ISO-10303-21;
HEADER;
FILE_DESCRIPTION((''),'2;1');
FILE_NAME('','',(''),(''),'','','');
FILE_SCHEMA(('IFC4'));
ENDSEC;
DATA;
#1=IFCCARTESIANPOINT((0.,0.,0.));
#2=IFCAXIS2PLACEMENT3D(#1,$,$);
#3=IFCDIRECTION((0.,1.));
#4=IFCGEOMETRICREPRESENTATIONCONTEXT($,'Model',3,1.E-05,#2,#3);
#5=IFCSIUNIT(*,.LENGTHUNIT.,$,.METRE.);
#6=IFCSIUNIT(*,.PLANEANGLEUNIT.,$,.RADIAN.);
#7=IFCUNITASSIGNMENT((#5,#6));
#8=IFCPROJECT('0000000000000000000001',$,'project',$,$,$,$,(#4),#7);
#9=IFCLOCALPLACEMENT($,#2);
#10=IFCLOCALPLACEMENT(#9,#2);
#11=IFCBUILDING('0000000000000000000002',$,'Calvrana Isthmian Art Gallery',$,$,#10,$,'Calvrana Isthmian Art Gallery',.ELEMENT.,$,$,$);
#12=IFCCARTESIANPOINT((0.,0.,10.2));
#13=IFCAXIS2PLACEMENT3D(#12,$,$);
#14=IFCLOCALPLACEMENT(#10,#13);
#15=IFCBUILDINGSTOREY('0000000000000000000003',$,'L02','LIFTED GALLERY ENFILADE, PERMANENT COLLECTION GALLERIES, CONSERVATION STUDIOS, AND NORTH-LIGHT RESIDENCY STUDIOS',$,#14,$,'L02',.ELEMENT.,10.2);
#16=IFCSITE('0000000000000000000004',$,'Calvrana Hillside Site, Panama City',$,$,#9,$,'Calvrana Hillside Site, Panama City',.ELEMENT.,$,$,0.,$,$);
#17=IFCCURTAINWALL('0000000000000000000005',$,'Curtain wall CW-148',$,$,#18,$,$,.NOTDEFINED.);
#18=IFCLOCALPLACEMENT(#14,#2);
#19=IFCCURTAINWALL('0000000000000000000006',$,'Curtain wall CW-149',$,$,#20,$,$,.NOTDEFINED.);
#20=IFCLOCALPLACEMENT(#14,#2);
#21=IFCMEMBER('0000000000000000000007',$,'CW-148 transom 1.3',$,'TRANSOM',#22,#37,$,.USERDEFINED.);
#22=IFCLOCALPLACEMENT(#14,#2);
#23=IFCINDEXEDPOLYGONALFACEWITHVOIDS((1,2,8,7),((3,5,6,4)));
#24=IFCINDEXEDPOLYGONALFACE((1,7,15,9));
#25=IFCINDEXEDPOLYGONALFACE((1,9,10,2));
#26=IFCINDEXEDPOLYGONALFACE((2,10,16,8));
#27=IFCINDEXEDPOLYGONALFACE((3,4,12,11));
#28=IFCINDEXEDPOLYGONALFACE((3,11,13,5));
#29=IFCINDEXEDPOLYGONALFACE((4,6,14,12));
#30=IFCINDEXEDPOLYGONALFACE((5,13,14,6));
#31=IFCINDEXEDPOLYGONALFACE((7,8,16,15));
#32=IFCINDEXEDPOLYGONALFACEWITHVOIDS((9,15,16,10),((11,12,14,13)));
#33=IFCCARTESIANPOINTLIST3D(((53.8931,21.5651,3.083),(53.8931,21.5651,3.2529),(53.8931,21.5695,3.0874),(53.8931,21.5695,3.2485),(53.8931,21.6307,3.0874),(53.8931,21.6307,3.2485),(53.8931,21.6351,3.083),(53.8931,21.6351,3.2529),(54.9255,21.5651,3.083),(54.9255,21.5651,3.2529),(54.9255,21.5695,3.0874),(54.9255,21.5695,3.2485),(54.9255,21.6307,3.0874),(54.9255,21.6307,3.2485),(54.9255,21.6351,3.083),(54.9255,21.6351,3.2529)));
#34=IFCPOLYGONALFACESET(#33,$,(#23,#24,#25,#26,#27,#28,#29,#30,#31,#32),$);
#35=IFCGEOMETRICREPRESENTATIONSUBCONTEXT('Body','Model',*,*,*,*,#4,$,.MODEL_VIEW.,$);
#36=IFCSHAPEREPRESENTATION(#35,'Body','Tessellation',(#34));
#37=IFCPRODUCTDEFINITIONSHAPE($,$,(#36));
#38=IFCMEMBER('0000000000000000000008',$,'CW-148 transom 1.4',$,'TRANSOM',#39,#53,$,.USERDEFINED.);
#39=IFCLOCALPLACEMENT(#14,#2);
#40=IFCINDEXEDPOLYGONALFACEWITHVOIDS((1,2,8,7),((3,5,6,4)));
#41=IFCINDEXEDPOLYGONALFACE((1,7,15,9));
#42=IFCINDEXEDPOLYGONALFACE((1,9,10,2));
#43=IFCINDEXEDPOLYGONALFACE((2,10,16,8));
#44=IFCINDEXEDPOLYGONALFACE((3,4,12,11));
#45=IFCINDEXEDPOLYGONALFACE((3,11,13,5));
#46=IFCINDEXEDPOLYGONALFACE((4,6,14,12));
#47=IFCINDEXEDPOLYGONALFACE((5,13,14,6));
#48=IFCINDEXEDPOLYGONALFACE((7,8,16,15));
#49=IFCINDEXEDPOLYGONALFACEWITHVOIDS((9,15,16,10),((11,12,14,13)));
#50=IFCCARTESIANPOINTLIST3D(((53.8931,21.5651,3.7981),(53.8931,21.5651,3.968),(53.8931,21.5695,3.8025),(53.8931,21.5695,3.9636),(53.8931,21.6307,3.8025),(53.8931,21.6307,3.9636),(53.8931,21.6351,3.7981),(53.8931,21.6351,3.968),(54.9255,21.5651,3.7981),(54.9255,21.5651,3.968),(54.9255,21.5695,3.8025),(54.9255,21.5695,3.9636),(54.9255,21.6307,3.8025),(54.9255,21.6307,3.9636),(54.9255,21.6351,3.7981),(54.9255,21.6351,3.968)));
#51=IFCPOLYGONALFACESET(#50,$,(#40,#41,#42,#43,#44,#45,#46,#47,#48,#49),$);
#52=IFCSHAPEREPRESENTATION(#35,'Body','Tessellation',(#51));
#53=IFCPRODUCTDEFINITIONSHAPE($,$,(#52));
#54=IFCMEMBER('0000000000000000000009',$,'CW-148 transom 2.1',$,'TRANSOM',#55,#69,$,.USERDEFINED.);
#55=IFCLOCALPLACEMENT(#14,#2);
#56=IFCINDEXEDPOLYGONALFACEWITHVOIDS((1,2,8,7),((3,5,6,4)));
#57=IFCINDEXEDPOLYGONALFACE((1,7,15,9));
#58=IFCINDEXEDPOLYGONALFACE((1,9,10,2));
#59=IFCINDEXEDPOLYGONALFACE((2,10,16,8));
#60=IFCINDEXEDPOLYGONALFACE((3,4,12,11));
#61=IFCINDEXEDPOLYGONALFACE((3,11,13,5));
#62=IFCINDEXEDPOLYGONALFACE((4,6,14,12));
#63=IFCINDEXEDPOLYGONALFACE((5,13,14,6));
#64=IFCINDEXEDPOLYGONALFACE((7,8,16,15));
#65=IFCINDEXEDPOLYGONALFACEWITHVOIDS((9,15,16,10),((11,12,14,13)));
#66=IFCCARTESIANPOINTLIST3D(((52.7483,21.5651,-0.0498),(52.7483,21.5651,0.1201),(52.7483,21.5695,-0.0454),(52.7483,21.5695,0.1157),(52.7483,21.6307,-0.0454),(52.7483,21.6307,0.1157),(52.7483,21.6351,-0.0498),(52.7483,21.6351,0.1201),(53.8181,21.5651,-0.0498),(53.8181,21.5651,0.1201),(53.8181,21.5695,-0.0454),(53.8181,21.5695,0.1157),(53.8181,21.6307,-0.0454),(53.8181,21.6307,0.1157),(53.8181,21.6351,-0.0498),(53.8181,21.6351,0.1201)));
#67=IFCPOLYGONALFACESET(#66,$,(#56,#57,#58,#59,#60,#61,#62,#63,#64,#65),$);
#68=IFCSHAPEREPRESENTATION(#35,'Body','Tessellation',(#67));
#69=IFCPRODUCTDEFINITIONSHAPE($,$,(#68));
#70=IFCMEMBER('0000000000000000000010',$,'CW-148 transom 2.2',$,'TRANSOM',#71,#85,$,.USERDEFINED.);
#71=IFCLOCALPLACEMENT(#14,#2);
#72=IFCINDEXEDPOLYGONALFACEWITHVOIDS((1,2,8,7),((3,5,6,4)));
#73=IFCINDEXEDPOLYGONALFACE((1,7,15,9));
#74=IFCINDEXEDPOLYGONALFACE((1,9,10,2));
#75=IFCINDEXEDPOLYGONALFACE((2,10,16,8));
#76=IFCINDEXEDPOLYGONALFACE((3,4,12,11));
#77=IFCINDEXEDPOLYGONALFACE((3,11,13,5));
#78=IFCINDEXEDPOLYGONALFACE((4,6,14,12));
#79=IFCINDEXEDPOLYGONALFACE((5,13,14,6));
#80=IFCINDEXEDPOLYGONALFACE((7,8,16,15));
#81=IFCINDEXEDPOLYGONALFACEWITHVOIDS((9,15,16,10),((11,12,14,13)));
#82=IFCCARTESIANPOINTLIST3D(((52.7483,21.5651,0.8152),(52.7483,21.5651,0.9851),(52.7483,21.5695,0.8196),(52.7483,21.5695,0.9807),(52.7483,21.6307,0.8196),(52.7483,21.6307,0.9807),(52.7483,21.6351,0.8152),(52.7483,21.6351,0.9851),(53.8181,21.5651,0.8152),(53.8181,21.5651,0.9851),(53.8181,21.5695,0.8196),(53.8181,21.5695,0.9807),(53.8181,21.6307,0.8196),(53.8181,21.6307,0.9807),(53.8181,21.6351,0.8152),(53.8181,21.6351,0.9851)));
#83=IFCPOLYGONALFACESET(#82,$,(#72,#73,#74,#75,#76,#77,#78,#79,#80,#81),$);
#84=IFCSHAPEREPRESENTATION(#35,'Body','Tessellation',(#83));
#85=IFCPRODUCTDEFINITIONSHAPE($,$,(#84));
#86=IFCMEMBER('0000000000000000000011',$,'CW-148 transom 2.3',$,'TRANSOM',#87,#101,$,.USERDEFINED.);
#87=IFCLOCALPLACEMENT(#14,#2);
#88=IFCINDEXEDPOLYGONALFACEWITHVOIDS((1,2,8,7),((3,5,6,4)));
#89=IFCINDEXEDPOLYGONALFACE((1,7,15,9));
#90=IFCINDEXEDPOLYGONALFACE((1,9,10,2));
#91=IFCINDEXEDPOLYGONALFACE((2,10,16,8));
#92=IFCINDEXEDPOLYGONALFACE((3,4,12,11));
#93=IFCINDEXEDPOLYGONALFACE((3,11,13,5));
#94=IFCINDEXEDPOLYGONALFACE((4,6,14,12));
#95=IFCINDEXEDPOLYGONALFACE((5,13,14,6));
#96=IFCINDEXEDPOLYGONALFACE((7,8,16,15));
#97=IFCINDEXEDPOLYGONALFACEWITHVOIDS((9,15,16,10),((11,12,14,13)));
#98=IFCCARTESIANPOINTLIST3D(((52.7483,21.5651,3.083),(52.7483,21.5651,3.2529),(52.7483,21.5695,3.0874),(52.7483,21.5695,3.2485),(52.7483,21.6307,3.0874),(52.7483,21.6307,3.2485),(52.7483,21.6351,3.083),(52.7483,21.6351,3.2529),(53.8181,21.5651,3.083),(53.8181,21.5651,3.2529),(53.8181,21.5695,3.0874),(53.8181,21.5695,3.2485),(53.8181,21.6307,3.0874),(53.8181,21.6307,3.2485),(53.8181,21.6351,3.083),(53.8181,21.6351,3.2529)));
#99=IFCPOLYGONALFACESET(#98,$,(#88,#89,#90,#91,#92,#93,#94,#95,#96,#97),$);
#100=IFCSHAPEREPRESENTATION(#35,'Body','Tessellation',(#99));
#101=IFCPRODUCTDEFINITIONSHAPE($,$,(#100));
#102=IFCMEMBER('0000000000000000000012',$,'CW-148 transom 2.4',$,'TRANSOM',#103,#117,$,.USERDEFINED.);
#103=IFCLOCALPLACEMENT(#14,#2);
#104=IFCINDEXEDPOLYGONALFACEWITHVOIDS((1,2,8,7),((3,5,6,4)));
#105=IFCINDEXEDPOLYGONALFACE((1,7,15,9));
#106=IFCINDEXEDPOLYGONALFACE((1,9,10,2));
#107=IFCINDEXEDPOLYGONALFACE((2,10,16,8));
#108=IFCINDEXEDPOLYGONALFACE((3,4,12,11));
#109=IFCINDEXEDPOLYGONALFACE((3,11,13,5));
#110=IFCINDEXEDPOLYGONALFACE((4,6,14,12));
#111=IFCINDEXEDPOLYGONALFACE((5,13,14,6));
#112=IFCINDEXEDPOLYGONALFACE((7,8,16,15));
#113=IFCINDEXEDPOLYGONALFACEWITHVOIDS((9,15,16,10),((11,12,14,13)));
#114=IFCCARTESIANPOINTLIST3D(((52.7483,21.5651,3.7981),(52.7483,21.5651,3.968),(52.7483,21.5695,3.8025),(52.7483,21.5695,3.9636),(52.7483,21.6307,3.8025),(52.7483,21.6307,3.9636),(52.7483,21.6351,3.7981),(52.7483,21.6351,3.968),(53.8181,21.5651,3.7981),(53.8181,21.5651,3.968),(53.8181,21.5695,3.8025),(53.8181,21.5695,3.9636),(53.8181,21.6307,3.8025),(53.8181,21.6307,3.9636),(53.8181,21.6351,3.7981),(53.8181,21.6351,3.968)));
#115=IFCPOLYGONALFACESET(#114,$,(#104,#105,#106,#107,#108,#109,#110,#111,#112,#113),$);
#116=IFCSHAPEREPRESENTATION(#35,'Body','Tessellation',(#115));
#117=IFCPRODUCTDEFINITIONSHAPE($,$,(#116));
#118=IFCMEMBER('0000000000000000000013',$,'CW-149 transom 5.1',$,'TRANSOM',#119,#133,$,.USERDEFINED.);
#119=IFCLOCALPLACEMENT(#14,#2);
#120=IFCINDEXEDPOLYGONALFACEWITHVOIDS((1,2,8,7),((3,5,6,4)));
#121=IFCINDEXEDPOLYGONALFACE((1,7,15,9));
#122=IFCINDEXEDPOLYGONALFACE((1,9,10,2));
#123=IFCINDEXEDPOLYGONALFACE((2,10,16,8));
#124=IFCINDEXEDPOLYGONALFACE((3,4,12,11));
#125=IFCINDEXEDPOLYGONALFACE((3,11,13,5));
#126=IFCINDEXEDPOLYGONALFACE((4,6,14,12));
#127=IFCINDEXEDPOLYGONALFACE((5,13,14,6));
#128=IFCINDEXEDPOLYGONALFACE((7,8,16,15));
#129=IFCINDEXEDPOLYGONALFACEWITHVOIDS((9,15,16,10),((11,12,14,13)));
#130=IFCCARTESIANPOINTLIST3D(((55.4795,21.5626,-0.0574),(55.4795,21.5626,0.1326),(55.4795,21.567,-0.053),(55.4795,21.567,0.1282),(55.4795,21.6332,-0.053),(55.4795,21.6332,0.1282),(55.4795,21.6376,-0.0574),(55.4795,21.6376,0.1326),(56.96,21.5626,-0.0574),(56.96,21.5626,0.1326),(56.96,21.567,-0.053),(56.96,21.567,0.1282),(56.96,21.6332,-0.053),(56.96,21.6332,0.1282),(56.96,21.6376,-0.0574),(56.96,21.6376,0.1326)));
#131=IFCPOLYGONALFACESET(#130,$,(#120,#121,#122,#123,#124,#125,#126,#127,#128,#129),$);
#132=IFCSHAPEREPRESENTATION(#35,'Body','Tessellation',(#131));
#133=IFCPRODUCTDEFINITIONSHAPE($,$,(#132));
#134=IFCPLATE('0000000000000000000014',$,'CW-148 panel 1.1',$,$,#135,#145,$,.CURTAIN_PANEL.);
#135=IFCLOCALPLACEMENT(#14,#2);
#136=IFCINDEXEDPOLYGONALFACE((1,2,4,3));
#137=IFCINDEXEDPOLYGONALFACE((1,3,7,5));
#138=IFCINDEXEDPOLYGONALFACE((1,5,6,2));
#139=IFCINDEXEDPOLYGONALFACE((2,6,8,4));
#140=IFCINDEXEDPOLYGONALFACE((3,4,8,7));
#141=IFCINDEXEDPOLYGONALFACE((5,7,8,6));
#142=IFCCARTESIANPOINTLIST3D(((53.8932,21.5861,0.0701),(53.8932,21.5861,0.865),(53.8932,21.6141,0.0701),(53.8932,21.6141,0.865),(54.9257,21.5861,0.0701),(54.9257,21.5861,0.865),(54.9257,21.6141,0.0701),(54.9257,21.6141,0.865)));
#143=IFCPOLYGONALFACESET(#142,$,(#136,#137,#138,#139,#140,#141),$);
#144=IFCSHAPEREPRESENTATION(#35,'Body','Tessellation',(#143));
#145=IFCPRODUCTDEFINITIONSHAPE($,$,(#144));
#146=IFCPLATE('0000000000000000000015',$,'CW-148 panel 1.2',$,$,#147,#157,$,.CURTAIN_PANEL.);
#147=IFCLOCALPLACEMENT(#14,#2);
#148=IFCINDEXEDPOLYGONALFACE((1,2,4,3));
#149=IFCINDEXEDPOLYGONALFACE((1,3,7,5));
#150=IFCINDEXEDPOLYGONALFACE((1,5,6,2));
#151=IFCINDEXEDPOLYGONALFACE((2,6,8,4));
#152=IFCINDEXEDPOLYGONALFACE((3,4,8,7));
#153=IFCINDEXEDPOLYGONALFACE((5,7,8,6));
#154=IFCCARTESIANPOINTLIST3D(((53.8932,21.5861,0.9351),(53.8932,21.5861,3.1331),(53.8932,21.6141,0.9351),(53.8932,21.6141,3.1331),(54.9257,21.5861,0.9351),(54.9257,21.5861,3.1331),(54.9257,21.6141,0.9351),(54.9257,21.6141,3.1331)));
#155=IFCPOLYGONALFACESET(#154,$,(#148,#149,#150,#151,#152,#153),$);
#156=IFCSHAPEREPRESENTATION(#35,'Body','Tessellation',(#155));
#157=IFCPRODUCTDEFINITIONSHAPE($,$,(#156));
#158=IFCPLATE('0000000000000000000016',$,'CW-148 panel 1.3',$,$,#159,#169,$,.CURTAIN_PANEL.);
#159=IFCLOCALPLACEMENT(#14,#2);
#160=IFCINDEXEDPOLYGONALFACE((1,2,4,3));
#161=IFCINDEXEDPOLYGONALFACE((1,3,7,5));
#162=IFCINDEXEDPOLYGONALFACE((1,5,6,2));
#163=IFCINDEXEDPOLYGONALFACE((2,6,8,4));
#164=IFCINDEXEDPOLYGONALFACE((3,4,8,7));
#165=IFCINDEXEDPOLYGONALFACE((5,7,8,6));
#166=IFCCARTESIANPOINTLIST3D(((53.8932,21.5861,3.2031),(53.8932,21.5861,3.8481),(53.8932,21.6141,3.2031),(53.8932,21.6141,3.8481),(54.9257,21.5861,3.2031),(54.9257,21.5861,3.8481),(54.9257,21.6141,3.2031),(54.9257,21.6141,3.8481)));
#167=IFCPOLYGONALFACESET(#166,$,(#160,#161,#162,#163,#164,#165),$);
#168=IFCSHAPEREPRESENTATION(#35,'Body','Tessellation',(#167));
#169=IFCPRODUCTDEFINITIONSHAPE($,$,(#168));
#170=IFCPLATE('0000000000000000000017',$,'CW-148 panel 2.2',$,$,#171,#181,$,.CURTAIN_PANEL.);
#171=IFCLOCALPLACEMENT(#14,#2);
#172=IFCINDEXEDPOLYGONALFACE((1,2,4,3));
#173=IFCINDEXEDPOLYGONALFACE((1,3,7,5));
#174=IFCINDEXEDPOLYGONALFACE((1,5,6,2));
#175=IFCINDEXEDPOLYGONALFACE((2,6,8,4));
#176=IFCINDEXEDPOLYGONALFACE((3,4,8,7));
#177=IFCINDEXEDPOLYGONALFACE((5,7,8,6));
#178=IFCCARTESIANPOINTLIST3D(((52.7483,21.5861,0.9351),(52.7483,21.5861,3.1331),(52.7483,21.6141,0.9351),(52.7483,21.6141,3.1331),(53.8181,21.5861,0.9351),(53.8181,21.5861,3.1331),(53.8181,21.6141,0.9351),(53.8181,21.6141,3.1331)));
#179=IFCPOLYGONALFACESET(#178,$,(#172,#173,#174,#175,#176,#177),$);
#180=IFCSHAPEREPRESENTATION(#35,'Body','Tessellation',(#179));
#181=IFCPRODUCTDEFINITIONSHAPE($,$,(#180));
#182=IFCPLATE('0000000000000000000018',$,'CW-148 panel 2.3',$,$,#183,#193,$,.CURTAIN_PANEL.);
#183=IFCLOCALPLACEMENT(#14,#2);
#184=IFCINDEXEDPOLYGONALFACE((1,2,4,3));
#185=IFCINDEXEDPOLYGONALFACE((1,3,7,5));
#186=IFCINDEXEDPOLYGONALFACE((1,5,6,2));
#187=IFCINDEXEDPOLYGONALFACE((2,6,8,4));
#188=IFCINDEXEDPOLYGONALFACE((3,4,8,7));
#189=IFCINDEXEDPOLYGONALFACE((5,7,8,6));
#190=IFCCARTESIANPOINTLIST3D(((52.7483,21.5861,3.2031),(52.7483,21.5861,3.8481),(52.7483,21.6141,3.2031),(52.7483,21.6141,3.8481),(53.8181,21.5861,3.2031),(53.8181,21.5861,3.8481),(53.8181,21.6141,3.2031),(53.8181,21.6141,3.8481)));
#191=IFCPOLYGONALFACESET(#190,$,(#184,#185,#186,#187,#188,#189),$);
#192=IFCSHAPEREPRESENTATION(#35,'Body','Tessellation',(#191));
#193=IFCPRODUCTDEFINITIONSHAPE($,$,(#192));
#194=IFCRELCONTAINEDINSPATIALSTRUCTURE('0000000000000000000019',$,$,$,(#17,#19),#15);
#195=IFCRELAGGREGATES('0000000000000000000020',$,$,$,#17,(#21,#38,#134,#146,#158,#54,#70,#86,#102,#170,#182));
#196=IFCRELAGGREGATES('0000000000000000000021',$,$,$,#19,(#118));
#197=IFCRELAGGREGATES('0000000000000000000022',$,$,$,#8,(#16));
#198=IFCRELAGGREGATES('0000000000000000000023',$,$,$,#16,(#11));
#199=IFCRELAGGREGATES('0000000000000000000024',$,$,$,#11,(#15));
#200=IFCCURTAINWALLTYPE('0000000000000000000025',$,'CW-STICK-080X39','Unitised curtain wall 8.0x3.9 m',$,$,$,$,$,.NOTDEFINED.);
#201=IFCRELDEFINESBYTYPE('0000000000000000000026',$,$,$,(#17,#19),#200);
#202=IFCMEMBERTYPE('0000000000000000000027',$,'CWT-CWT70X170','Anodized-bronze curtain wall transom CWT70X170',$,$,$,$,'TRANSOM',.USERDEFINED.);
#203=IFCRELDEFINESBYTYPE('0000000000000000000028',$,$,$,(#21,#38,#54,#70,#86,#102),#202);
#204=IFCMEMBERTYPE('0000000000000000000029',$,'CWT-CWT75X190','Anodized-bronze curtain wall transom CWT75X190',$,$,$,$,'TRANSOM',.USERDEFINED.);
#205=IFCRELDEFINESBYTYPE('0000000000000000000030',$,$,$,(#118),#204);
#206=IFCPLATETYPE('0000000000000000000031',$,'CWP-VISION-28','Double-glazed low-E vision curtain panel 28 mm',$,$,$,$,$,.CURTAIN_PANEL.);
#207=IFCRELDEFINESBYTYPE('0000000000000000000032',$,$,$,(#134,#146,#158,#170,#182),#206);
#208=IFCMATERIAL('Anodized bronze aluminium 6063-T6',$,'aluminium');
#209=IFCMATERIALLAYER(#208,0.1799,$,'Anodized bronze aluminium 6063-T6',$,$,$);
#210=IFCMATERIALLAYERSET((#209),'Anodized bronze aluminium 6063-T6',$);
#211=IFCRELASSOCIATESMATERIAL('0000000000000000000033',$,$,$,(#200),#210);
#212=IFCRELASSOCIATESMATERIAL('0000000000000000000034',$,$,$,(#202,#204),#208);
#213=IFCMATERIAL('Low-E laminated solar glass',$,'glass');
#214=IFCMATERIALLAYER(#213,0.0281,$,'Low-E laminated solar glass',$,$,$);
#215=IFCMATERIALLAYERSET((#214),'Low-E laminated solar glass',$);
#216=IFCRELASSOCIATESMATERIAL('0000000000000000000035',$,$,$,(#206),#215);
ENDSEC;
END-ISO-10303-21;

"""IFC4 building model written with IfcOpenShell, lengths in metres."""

from ifc_helpers import new_model, si_unit, direction, frame, origin, origin_2d, place, context, subcontext, project, spatial, rectangle, hollow_rectangle, extrude, material, layer, layer_set, material_profile, profile_set, type_object, element, aggregate, save


model = new_model("IFC4")

# Units and contexts
model_context = context("Model", 3, precision=1e-05, world=origin(), true_north=direction((0.0, 1.0)))
body_context = subcontext(model_context, "Body", "Model", "MODEL_VIEW")
ifc_project = project(units=[si_unit("LENGTHUNIT", "METRE"), si_unit("PLANEANGLEUNIT", "RADIAN")], contexts=[model_context])

# Site, building, storey
site_placement = place(None, origin())
site = spatial("IfcSite", under=ifc_project, at=site_placement, Name="Calvrana Hillside Site, Panama City", LongName="Calvrana Hillside Site, Panama City", CompositionType="ELEMENT", RefElevation=0.0)
building_placement = place(site_placement, origin())
building = spatial("IfcBuilding", under=site, at=building_placement, Name="Calvrana Isthmian Art Gallery", LongName="Calvrana Isthmian Art Gallery", CompositionType="ELEMENT")
storey_placement = place(building_placement, frame((0.0, 0.0, 10.2)))
storey = spatial("IfcBuildingStorey", under=building, at=storey_placement, Name="L02", Description="LIFTED GALLERY ENFILADE, PERMANENT COLLECTION GALLERIES, CONSERVATION STUDIOS, AND NORTH-LIGHT RESIDENCY STUDIOS", LongName="L02", CompositionType="ELEMENT", Elevation=10.2)

# Curtain wall
ifc_material_1 = material(Name="Anodized bronze aluminium 6063-T6", Category="aluminium")
ifc_layer_1 = layer(ifc_material_1, 0.1799, Name="Anodized bronze aluminium 6063-T6")
ifc_layer_set_1 = layer_set([ifc_layer_1], Name="Anodized bronze aluminium 6063-T6")
curtain_wall_type = type_object("IfcCurtainWallType", Name="CW-STICK-080X39", Description="Unitised curtain wall 8.0x3.9 m", PredefinedType="NOTDEFINED", material=ifc_layer_set_1)
curtain_wall_1_placement = place(storey_placement, origin())
curtain_wall_1 = element("IfcCurtainWall", 1, at=curtain_wall_1_placement, inside=storey, type_object=curtain_wall_type, Name="Curtain wall CW-148", PredefinedType="NOTDEFINED")

# Curtain wall
curtain_wall_2_placement = place(storey_placement, origin())
curtain_wall_2 = element("IfcCurtainWall", 2, at=curtain_wall_2_placement, inside=storey, type_object=curtain_wall_type, Name="Curtain wall CW-149", PredefinedType="NOTDEFINED")

# Members
ifc_material_profile_1 = material_profile(ifc_material_1, hollow_rectangle(XDim=0.0701, YDim=0.1699, WallThickness=0.0044, at=origin_2d()), Name="CWT70X170")
ifc_profile_set_1 = profile_set([ifc_material_profile_1], Name="Anodized bronze aluminium 6063-T6")
member_type_1 = type_object("IfcMemberType", Name="CWT-CWT70X170", Description="Anodized-bronze curtain wall transom CWT70X170", ElementType="TRANSOM", PredefinedType="USERDEFINED", material=ifc_profile_set_1)
member_1_placement = place(storey_placement, frame((54.9255, 21.6001, 3.168), z_axis=(-1.0, 0.0, 0.0), x_axis=(0.0, -1.0, 0.0)))
member_1 = element("IfcMember", 3, at=member_1_placement, type_object=member_type_1, Name="CW-148 transom 1.3", ObjectType="TRANSOM", PredefinedType="USERDEFINED", context=body_context, shape_type="SweptSolid", body=[
    extrude(hollow_rectangle(XDim=0.0701, YDim=0.1699, WallThickness=0.0044, at=origin_2d()), origin(), (0.0, 0.0, 1.0), 1.0325),
])
member_2_placement = place(storey_placement, frame((54.9255, 21.6001, 3.8831), z_axis=(-1.0, 0.0, 0.0), x_axis=(0.0, -1.0, 0.0)))
member_2 = element("IfcMember", 4, at=member_2_placement, type_object=member_type_1, Name="CW-148 transom 1.4", ObjectType="TRANSOM", PredefinedType="USERDEFINED", context=body_context, shape_type="SweptSolid", body=[
    extrude(hollow_rectangle(XDim=0.0701, YDim=0.1699, WallThickness=0.0044, at=origin_2d()), origin(), (0.0, 0.0, 1.0), 1.0325),
])
member_3_placement = place(storey_placement, frame((53.8181, 21.6001, 0.0352), z_axis=(-1.0, 0.0, 0.0), x_axis=(0.0, -1.0, 0.0)))
member_3 = element("IfcMember", 5, at=member_3_placement, type_object=member_type_1, Name="CW-148 transom 2.1", ObjectType="TRANSOM", PredefinedType="USERDEFINED", context=body_context, shape_type="SweptSolid", body=[
    extrude(hollow_rectangle(XDim=0.0701, YDim=0.1699, WallThickness=0.0044, at=origin_2d()), origin(), (0.0, 0.0, 1.0), 1.0698),
])
member_4_placement = place(storey_placement, frame((53.8181, 21.6001, 0.9001), z_axis=(-1.0, 0.0, 0.0), x_axis=(0.0, -1.0, 0.0)))
member_4 = element("IfcMember", 6, at=member_4_placement, type_object=member_type_1, Name="CW-148 transom 2.2", ObjectType="TRANSOM", PredefinedType="USERDEFINED", context=body_context, shape_type="SweptSolid", body=[
    extrude(hollow_rectangle(XDim=0.0701, YDim=0.1699, WallThickness=0.0044, at=origin_2d()), origin(), (0.0, 0.0, 1.0), 1.0698),
])
member_5_placement = place(storey_placement, frame((53.8181, 21.6001, 3.168), z_axis=(-1.0, 0.0, 0.0), x_axis=(0.0, -1.0, 0.0)))
member_5 = element("IfcMember", 7, at=member_5_placement, type_object=member_type_1, Name="CW-148 transom 2.3", ObjectType="TRANSOM", PredefinedType="USERDEFINED", context=body_context, shape_type="SweptSolid", body=[
    extrude(hollow_rectangle(XDim=0.0701, YDim=0.1699, WallThickness=0.0044, at=origin_2d()), origin(), (0.0, 0.0, 1.0), 1.0698),
])
member_6_placement = place(storey_placement, frame((53.8181, 21.6001, 3.8831), z_axis=(-1.0, 0.0, 0.0), x_axis=(0.0, -1.0, 0.0)))
member_6 = element("IfcMember", 8, at=member_6_placement, type_object=member_type_1, Name="CW-148 transom 2.4", ObjectType="TRANSOM", PredefinedType="USERDEFINED", context=body_context, shape_type="SweptSolid", body=[
    extrude(hollow_rectangle(XDim=0.0701, YDim=0.1699, WallThickness=0.0044, at=origin_2d()), origin(), (0.0, 0.0, 1.0), 1.0698),
])
ifc_material_profile_2 = material_profile(ifc_material_1, hollow_rectangle(XDim=0.075, YDim=0.1899, WallThickness=0.0044, at=origin_2d()), Name="CWT75X190")
ifc_profile_set_2 = profile_set([ifc_material_profile_2], Name="Anodized bronze aluminium 6063-T6")
member_type_2 = type_object("IfcMemberType", Name="CWT-CWT75X190", Description="Anodized-bronze curtain wall transom CWT75X190", ElementType="TRANSOM", PredefinedType="USERDEFINED", material=ifc_profile_set_2)
member_7_placement = place(storey_placement, frame((56.96, 21.6001, 0.0376), z_axis=(-1.0, 0.0, 0.0), x_axis=(0.0, -1.0, 0.0)))
member_7 = element("IfcMember", 9, at=member_7_placement, type_object=member_type_2, Name="CW-149 transom 5.1", ObjectType="TRANSOM", PredefinedType="USERDEFINED", context=body_context, shape_type="SweptSolid", body=[
    extrude(hollow_rectangle(XDim=0.075, YDim=0.1899, WallThickness=0.0044, at=origin_2d()), origin(), (0.0, 0.0, 1.0), 1.4805),
])

# Plates
ifc_material_2 = material(Name="Low-E laminated solar glass", Category="glass")
ifc_layer_2 = layer(ifc_material_2, 0.0281, Name="Low-E laminated solar glass")
ifc_layer_set_2 = layer_set([ifc_layer_2], Name="Low-E laminated solar glass")
plate_type_1 = type_object("IfcPlateType", Name="CWP-VISION-28", Description="Double-glazed low-E vision curtain panel 28 mm", PredefinedType="CURTAIN_PANEL", material=ifc_layer_set_2)
plate_1_placement = place(storey_placement, frame((54.4094, 21.6001, 0.0701), z_axis=(0.0, 0.0, 1.0), x_axis=(-1.0, 0.0, 0.0)))
plate_1 = element("IfcPlate", 10, at=plate_1_placement, type_object=plate_type_1, Name="CW-148 panel 1.1", PredefinedType="CURTAIN_PANEL", context=body_context, shape_type="SweptSolid", body=[
    extrude(rectangle(XDim=1.0325, YDim=0.0281, at=origin_2d()), origin(), (0.0, 0.0, 1.0), 0.7949),
])
plate_2_placement = place(storey_placement, frame((54.4094, 21.6001, 0.9351), z_axis=(0.0, 0.0, 1.0), x_axis=(-1.0, 0.0, 0.0)))
plate_2 = element("IfcPlate", 11, at=plate_2_placement, type_object=plate_type_1, Name="CW-148 panel 1.2", PredefinedType="CURTAIN_PANEL", context=body_context, shape_type="SweptSolid", body=[
    extrude(rectangle(XDim=1.0325, YDim=0.0281, at=origin_2d()), origin(), (0.0, 0.0, 1.0), 2.198),
])
plate_3_placement = place(storey_placement, frame((54.4094, 21.6001, 3.2031), z_axis=(0.0, 0.0, 1.0), x_axis=(-1.0, 0.0, 0.0)))
plate_3 = element("IfcPlate", 12, at=plate_3_placement, type_object=plate_type_1, Name="CW-148 panel 1.3", PredefinedType="CURTAIN_PANEL", context=body_context, shape_type="SweptSolid", body=[
    extrude(rectangle(XDim=1.0325, YDim=0.0281, at=origin_2d()), origin(), (0.0, 0.0, 1.0), 0.645),
])
plate_4_placement = place(storey_placement, frame((53.2832, 21.6001, 0.9351), z_axis=(0.0, 0.0, 1.0), x_axis=(-1.0, 0.0, 0.0)))
plate_4 = element("IfcPlate", 13, at=plate_4_placement, type_object=plate_type_1, Name="CW-148 panel 2.2", PredefinedType="CURTAIN_PANEL", context=body_context, shape_type="SweptSolid", body=[
    extrude(rectangle(XDim=1.0698, YDim=0.0281, at=origin_2d()), origin(), (0.0, 0.0, 1.0), 2.198),
])
plate_5_placement = place(storey_placement, frame((53.2832, 21.6001, 3.2031), z_axis=(0.0, 0.0, 1.0), x_axis=(-1.0, 0.0, 0.0)))
plate_5 = element("IfcPlate", 14, at=plate_5_placement, type_object=plate_type_1, Name="CW-148 panel 2.3", PredefinedType="CURTAIN_PANEL", context=body_context, shape_type="SweptSolid", body=[
    extrude(rectangle(XDim=1.0698, YDim=0.0281, at=origin_2d()), origin(), (0.0, 0.0, 1.0), 0.645),
])
aggregate(curtain_wall_1, [member_1, member_2, plate_1, plate_2, plate_3, member_3, member_4, member_5, member_6, plate_4, plate_5])
aggregate(curtain_wall_2, [member_7])

save(model, "model.ifc")
